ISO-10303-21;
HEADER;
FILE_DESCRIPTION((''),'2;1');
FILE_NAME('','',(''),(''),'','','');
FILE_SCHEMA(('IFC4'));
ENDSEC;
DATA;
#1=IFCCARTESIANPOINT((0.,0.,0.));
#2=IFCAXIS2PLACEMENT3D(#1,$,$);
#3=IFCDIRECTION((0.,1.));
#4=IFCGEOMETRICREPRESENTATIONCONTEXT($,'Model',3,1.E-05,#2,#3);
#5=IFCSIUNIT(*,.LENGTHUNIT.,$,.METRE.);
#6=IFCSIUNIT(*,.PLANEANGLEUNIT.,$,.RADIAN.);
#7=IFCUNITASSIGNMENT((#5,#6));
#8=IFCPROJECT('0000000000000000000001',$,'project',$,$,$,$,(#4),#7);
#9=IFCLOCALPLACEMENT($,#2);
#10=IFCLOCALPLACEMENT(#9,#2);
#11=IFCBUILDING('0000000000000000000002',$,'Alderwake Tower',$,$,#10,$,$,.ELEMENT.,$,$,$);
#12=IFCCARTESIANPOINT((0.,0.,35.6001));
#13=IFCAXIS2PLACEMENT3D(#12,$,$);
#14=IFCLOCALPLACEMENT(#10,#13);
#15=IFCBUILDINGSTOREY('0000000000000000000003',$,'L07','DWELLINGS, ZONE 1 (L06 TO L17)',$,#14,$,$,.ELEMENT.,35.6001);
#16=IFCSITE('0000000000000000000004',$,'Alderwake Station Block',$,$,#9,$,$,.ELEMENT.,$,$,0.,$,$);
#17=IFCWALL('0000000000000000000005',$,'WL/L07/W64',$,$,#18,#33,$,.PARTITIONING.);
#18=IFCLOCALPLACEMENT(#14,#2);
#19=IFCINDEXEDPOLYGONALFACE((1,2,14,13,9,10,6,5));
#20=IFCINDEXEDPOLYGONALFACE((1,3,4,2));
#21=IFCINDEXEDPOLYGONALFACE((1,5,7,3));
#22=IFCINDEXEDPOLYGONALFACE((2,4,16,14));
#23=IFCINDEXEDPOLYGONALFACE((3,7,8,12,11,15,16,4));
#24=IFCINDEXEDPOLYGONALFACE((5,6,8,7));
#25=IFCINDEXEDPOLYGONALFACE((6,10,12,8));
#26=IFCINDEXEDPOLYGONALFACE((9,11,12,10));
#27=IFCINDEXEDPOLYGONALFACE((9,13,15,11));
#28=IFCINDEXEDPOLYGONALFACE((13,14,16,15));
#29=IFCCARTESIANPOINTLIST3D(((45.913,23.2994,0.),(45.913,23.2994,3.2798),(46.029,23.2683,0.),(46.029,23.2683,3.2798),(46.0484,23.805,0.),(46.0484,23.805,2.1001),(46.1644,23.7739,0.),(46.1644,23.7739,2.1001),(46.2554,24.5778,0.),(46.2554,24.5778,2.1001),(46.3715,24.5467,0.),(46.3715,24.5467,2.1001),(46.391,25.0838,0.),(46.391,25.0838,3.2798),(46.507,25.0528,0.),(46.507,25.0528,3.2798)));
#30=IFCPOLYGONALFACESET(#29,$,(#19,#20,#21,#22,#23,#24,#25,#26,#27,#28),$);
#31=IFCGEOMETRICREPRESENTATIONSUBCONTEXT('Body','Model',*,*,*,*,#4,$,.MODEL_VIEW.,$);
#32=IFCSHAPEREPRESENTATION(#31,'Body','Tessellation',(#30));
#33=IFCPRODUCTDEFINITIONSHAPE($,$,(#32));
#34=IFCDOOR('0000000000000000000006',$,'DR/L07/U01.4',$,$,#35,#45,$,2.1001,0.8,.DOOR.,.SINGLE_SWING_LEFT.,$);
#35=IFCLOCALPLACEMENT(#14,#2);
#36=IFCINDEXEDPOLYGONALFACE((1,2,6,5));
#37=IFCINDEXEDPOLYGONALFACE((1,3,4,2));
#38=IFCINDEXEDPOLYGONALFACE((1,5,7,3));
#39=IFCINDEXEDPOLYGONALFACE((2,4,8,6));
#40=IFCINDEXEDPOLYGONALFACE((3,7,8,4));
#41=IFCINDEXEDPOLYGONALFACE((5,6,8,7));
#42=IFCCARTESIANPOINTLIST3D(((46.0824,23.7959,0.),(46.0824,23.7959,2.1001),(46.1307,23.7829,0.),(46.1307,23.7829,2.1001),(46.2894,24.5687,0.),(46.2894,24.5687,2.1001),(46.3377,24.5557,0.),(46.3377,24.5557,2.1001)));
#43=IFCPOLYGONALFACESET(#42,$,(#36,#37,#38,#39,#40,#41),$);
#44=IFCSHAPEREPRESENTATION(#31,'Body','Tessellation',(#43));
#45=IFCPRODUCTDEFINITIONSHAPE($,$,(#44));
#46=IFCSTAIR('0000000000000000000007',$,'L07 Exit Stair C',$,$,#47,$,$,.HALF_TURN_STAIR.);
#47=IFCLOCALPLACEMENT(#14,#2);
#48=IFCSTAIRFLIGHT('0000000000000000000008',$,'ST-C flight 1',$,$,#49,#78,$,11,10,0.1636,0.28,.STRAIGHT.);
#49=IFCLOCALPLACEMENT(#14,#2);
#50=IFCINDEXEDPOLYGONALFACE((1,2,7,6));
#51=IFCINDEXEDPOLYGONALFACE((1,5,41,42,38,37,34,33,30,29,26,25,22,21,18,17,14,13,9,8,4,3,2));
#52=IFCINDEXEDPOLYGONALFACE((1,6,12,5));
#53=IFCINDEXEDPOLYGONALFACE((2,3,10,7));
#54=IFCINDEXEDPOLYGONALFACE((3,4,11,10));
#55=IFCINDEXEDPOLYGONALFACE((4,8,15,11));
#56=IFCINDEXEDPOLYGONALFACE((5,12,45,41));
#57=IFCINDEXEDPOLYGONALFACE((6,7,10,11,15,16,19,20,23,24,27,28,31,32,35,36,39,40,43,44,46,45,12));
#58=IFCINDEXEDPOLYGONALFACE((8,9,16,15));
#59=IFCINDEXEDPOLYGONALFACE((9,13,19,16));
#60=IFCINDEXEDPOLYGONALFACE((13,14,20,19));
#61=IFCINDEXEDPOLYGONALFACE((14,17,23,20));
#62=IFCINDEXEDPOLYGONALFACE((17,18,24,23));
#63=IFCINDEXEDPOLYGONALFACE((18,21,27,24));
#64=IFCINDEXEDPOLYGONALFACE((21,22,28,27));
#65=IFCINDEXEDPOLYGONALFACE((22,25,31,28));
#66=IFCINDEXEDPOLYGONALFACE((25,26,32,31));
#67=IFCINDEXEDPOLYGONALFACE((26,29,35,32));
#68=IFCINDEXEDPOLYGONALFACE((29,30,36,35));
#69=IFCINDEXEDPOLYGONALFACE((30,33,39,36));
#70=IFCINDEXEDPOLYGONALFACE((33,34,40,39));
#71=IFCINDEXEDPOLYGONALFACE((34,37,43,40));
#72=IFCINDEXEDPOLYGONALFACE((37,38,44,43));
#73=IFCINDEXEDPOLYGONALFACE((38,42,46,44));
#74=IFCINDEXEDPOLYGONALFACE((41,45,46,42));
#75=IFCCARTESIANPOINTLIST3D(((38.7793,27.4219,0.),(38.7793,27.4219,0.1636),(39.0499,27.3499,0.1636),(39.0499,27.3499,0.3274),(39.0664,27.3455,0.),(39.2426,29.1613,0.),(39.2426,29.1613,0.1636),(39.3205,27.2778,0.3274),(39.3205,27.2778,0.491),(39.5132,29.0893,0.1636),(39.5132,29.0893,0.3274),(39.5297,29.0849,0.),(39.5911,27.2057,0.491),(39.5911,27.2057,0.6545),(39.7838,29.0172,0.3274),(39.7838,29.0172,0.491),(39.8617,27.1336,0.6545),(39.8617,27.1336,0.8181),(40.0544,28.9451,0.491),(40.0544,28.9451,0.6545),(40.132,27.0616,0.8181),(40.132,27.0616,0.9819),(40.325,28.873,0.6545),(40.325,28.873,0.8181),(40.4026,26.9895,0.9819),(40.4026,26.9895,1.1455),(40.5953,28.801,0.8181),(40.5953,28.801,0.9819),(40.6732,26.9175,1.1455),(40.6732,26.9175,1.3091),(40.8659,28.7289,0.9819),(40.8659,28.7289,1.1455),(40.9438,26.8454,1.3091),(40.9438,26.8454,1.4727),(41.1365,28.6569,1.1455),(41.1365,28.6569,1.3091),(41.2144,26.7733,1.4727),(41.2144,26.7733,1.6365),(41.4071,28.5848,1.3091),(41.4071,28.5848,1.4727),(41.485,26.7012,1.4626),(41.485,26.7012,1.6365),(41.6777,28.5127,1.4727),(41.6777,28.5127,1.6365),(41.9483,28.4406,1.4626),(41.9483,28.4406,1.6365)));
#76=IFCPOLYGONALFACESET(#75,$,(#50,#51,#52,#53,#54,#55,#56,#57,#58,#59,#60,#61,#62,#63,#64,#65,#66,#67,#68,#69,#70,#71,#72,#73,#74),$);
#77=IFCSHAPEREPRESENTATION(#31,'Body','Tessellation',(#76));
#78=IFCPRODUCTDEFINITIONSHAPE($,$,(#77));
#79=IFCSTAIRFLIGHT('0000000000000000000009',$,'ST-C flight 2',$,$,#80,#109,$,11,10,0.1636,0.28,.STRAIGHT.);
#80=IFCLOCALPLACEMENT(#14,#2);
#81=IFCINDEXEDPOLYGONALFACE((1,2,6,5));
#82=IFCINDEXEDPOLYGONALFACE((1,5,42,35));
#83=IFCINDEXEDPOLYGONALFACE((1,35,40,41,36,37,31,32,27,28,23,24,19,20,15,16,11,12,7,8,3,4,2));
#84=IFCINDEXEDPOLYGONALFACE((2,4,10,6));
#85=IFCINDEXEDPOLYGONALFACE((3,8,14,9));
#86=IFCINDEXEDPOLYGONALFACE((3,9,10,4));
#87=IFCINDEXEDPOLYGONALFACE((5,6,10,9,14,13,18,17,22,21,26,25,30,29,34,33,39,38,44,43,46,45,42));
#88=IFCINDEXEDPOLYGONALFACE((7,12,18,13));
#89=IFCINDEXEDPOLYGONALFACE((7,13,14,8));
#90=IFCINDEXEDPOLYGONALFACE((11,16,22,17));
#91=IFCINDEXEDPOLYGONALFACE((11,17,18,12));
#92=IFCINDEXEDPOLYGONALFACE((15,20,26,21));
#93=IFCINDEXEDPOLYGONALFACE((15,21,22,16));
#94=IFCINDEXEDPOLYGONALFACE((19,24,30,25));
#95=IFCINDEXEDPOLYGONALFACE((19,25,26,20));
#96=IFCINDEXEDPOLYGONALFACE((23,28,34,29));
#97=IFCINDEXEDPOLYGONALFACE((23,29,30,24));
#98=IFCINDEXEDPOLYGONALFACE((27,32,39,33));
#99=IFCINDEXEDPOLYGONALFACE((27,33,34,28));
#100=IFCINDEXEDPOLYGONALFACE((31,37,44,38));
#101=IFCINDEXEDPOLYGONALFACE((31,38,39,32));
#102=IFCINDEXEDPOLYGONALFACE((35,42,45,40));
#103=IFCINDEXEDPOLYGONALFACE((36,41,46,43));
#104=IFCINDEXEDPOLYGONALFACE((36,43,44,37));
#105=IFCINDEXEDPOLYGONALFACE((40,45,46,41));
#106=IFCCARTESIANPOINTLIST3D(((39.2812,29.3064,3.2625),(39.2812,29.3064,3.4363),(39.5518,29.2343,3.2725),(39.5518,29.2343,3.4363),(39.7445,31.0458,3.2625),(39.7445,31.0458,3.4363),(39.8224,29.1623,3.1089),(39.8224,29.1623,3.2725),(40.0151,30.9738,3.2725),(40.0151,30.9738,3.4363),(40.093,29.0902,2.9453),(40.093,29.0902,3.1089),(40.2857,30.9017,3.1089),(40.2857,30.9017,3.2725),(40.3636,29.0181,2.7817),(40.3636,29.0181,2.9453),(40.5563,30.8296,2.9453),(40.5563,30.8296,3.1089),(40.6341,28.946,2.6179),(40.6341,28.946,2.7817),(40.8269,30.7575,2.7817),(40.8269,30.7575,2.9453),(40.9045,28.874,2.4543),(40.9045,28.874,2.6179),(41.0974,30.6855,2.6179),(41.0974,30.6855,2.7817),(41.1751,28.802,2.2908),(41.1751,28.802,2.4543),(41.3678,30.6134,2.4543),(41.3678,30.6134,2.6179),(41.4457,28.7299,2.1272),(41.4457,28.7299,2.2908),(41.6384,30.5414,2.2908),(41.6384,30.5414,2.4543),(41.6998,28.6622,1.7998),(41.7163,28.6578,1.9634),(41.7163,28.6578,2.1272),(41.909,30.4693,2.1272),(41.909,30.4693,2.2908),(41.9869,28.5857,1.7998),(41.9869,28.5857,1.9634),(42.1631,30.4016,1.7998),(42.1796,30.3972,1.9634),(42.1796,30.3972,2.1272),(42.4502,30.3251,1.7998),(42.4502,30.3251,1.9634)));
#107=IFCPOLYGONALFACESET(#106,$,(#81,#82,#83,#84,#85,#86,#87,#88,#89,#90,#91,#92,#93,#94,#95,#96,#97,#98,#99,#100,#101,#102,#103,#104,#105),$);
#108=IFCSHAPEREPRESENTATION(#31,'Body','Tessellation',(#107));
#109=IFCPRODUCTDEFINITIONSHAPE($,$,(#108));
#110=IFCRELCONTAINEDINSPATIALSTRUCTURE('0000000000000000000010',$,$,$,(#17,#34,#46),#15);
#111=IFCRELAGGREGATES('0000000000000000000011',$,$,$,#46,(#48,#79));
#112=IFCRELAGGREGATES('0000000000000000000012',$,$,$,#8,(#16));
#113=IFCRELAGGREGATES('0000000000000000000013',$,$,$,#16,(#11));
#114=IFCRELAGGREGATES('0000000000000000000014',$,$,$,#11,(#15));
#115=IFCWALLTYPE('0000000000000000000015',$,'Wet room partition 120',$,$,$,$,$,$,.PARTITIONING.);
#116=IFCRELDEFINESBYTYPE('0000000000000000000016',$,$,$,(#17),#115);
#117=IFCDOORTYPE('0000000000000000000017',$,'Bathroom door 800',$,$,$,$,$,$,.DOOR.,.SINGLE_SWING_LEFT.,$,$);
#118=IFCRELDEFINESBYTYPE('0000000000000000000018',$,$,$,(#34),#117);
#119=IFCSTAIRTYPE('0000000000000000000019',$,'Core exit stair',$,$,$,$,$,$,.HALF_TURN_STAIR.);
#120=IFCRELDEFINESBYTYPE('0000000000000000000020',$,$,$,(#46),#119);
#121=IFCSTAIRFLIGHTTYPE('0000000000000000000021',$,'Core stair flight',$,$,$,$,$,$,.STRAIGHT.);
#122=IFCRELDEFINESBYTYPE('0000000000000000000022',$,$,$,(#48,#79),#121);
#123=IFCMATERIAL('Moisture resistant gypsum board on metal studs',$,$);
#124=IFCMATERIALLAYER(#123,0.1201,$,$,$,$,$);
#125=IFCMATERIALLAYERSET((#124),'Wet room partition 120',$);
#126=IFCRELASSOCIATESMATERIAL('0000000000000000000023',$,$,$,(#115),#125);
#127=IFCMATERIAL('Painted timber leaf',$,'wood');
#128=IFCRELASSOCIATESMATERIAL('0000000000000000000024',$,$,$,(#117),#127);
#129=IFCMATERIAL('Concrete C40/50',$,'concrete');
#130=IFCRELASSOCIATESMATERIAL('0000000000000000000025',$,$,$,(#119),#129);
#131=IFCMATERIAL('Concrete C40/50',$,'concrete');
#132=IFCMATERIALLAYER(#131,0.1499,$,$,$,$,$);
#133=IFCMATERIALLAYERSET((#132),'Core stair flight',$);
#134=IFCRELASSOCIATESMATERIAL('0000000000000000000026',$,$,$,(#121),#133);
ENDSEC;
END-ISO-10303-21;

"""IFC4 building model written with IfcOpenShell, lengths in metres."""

from ifc_helpers import new_model, si_unit, direction, frame, frame_2d, origin, place, context, subcontext, project, spatial, polyline, rectangle, outline, extrude, material, layer, layer_set, type_object, element, fill, aggregate, save


model = new_model("IFC4")

# Units and contexts
model_context = context("Model", 3, precision=1e-05, world=origin(), true_north=direction((0.0, 1.0)))
body_context = subcontext(model_context, "Body", "Model", "MODEL_VIEW")
ifc_project = project(units=[si_unit("LENGTHUNIT", "METRE"), si_unit("PLANEANGLEUNIT", "RADIAN")], contexts=[model_context])

# Site, building, storey
site_placement = place(None, origin())
site = spatial("IfcSite", under=ifc_project, at=site_placement, Name="Alderwake Station Block", CompositionType="ELEMENT", RefElevation=0.0)
building_placement = place(site_placement, origin())
building = spatial("IfcBuilding", under=site, at=building_placement, Name="Alderwake Tower", CompositionType="ELEMENT")
storey_placement = place(building_placement, frame((0.0, 0.0, 35.6001)))
storey = spatial("IfcBuildingStorey", under=building, at=storey_placement, Name="L07", Description="DWELLINGS, ZONE 1 (L06 TO L17)", CompositionType="ELEMENT", Elevation=35.6001)

# Shared definitions
ifc_material_1 = material(Name="Moisture resistant gypsum board on metal studs")
ifc_layer_1 = layer(ifc_material_1, 0.1201)
ifc_layer_set_1 = layer_set([ifc_layer_1], Name="Wet room partition 120")
wall_type_1 = type_object("IfcWallType", Name="Wet room partition 120", PredefinedType="PARTITIONING", material=ifc_layer_set_1)

# Wall, opening, door
wall_1_placement = place(storey_placement, frame((45.9709, 23.2837, 0.0), z_axis=(0.0, 0.0, 1.0), x_axis=(0.258765, 0.96594, 0.0)))
wall_1 = element("IfcWall", 1, at=wall_1_placement, inside=storey, type_object=wall_type_1, Name="WL/L07/W64", PredefinedType="PARTITIONING", context=body_context, shape_type="SweptSolid", body=[
    extrude(rectangle(XDim=1.8474, YDim=0.1201, at=frame_2d((0.9238, 0.0))), origin(), (0.0, 0.0, 1.0), 3.2798),
])
opening_1_placement = place(wall_1_placement, frame((0.5237, 0.0, 0.0)))
opening_1 = element("IfcOpeningElement", 2, at=opening_1_placement, cuts=wall_1, PredefinedType="OPENING", context=body_context, shape_type="SweptSolid", body=[
    extrude(rectangle(XDim=0.8, YDim=2.1001, at=frame_2d((0.3999, 1.05))), frame((0.0, 0.0701, 0.0), z_axis=(0.0, -1.0, 0.0), x_axis=(1.0, 0.0, 0.0)), (0.0, 0.0, 1.0), 0.1401),
])
ifc_material_2 = material(Name="Painted timber leaf", Category="wood")
door_type_1 = type_object("IfcDoorType", Name="Bathroom door 800", OperationType="SINGLE_SWING_LEFT", PredefinedType="DOOR", material=ifc_material_2)
door_1_placement = place(opening_1_placement, origin())
door_1 = element("IfcDoor", 3, at=door_1_placement, inside=storey, type_object=door_type_1, Name="DR/L07/U01.4", OperationType="SINGLE_SWING_LEFT", OverallHeight=2.1001, OverallWidth=0.8, PredefinedType="DOOR", context=body_context, shape_type="SweptSolid", body=[
    extrude(rectangle(XDim=0.8, YDim=2.1001, at=frame_2d((0.3999, 1.05))), frame((0.0, 0.0249, 0.0), z_axis=(0.0, -1.0, 0.0), x_axis=(1.0, 0.0, 0.0)), (0.0, 0.0, 1.0), 0.05),
])
fill(opening_1, door_1)

# Stair, stair flights
ifc_material_3 = material(Name="Concrete C40/50", Category="concrete")
stair_type = type_object("IfcStairType", Name="Core exit stair", PredefinedType="HALF_TURN_STAIR", material=ifc_material_3)
stair_placement = place(storey_placement, origin())
stair = element("IfcStair", 4, at=stair_placement, inside=storey, type_object=stair_type, Name="L07 Exit Stair C", PredefinedType="HALF_TURN_STAIR")
ifc_material_4 = material(Name="Concrete C40/50", Category="concrete")
ifc_layer_2 = layer(ifc_material_4, 0.1499)
ifc_layer_set_2 = layer_set([ifc_layer_2], Name="Core stair flight")
stair_flight_type = type_object("IfcStairFlightType", Name="Core stair flight", PredefinedType="STRAIGHT", material=ifc_layer_set_2)
stair_flight_1_placement = place(storey_placement, frame((39.011, 28.2917, 0.0), z_axis=(0.0, 0.0, 1.0), x_axis=(0.96631, -0.257382, 0.0)))
stair_flight_1 = element("IfcStairFlight", 5, at=stair_flight_1_placement, type_object=stair_flight_type, Name="ST-C flight 1", NumberOfRisers=11, NumberOfTreads=10, PredefinedType="STRAIGHT", RiserHeight=0.1636, TreadLength=0.28, context=body_context, shape_type="SweptSolid", body=[
    extrude(outline(polyline([(0.0, 0.0), (0.0, 0.1636), (0.28, 0.1636), (0.28, 0.3274), (0.5601, 0.3274), (0.5601, 0.491), (0.8401, 0.491), (0.8401, 0.6545), (1.1201, 0.6545), (1.1201, 0.8181), (1.3999, 0.8181), (1.3999, 0.9819), (1.6799, 0.9819), (1.6799, 1.1455), (1.96, 1.1455), (1.96, 1.3091), (2.24, 1.3091), (2.24, 1.4727), (2.52, 1.4727), (2.52, 1.6365), (2.8, 1.6365), (2.8, 1.8), (2.8, 1.4626), (0.2971, 0.0), (0.0, 0.0)])), frame((0.0, 0.8999, 0.0), z_axis=(0.0, -1.0, 0.0), x_axis=(1.0, 0.0, 0.0)), (0.0, 0.0, 1.0), 1.8),
])
stair_flight_2_placement = place(storey_placement, frame((42.2185, 29.4553, 1.7998), z_axis=(0.0, 0.0, 1.0), x_axis=(-0.96631, 0.257382, 0.0)))
stair_flight_2 = element("IfcStairFlight", 6, at=stair_flight_2_placement, type_object=stair_flight_type, Name="ST-C flight 2", NumberOfRisers=11, NumberOfTreads=10, PredefinedType="STRAIGHT", RiserHeight=0.1636, TreadLength=0.28, context=body_context, shape_type="SweptSolid", body=[
    extrude(outline(polyline([(0.0, 0.0), (0.0, 0.1636), (0.28, 0.1636), (0.28, 0.3274), (0.5601, 0.3274), (0.5601, 0.491), (0.8401, 0.491), (0.8401, 0.6545), (1.1201, 0.6545), (1.1201, 0.8181), (1.3999, 0.8181), (1.3999, 0.9819), (1.6799, 0.9819), (1.6799, 1.1455), (1.96, 1.1455), (1.96, 1.3091), (2.24, 1.3091), (2.24, 1.4727), (2.52, 1.4727), (2.52, 1.6365), (2.8, 1.6365), (2.8, 1.8), (2.8, 1.4626), (0.2971, 0.0), (0.0, 0.0)])), frame((0.0, 0.8999, 0.0), z_axis=(0.0, -1.0, 0.0), x_axis=(1.0, 0.0, 0.0)), (0.0, 0.0, 1.0), 1.8),
])
aggregate(stair, [stair_flight_1, stair_flight_2])

save(model, "model.ifc")
